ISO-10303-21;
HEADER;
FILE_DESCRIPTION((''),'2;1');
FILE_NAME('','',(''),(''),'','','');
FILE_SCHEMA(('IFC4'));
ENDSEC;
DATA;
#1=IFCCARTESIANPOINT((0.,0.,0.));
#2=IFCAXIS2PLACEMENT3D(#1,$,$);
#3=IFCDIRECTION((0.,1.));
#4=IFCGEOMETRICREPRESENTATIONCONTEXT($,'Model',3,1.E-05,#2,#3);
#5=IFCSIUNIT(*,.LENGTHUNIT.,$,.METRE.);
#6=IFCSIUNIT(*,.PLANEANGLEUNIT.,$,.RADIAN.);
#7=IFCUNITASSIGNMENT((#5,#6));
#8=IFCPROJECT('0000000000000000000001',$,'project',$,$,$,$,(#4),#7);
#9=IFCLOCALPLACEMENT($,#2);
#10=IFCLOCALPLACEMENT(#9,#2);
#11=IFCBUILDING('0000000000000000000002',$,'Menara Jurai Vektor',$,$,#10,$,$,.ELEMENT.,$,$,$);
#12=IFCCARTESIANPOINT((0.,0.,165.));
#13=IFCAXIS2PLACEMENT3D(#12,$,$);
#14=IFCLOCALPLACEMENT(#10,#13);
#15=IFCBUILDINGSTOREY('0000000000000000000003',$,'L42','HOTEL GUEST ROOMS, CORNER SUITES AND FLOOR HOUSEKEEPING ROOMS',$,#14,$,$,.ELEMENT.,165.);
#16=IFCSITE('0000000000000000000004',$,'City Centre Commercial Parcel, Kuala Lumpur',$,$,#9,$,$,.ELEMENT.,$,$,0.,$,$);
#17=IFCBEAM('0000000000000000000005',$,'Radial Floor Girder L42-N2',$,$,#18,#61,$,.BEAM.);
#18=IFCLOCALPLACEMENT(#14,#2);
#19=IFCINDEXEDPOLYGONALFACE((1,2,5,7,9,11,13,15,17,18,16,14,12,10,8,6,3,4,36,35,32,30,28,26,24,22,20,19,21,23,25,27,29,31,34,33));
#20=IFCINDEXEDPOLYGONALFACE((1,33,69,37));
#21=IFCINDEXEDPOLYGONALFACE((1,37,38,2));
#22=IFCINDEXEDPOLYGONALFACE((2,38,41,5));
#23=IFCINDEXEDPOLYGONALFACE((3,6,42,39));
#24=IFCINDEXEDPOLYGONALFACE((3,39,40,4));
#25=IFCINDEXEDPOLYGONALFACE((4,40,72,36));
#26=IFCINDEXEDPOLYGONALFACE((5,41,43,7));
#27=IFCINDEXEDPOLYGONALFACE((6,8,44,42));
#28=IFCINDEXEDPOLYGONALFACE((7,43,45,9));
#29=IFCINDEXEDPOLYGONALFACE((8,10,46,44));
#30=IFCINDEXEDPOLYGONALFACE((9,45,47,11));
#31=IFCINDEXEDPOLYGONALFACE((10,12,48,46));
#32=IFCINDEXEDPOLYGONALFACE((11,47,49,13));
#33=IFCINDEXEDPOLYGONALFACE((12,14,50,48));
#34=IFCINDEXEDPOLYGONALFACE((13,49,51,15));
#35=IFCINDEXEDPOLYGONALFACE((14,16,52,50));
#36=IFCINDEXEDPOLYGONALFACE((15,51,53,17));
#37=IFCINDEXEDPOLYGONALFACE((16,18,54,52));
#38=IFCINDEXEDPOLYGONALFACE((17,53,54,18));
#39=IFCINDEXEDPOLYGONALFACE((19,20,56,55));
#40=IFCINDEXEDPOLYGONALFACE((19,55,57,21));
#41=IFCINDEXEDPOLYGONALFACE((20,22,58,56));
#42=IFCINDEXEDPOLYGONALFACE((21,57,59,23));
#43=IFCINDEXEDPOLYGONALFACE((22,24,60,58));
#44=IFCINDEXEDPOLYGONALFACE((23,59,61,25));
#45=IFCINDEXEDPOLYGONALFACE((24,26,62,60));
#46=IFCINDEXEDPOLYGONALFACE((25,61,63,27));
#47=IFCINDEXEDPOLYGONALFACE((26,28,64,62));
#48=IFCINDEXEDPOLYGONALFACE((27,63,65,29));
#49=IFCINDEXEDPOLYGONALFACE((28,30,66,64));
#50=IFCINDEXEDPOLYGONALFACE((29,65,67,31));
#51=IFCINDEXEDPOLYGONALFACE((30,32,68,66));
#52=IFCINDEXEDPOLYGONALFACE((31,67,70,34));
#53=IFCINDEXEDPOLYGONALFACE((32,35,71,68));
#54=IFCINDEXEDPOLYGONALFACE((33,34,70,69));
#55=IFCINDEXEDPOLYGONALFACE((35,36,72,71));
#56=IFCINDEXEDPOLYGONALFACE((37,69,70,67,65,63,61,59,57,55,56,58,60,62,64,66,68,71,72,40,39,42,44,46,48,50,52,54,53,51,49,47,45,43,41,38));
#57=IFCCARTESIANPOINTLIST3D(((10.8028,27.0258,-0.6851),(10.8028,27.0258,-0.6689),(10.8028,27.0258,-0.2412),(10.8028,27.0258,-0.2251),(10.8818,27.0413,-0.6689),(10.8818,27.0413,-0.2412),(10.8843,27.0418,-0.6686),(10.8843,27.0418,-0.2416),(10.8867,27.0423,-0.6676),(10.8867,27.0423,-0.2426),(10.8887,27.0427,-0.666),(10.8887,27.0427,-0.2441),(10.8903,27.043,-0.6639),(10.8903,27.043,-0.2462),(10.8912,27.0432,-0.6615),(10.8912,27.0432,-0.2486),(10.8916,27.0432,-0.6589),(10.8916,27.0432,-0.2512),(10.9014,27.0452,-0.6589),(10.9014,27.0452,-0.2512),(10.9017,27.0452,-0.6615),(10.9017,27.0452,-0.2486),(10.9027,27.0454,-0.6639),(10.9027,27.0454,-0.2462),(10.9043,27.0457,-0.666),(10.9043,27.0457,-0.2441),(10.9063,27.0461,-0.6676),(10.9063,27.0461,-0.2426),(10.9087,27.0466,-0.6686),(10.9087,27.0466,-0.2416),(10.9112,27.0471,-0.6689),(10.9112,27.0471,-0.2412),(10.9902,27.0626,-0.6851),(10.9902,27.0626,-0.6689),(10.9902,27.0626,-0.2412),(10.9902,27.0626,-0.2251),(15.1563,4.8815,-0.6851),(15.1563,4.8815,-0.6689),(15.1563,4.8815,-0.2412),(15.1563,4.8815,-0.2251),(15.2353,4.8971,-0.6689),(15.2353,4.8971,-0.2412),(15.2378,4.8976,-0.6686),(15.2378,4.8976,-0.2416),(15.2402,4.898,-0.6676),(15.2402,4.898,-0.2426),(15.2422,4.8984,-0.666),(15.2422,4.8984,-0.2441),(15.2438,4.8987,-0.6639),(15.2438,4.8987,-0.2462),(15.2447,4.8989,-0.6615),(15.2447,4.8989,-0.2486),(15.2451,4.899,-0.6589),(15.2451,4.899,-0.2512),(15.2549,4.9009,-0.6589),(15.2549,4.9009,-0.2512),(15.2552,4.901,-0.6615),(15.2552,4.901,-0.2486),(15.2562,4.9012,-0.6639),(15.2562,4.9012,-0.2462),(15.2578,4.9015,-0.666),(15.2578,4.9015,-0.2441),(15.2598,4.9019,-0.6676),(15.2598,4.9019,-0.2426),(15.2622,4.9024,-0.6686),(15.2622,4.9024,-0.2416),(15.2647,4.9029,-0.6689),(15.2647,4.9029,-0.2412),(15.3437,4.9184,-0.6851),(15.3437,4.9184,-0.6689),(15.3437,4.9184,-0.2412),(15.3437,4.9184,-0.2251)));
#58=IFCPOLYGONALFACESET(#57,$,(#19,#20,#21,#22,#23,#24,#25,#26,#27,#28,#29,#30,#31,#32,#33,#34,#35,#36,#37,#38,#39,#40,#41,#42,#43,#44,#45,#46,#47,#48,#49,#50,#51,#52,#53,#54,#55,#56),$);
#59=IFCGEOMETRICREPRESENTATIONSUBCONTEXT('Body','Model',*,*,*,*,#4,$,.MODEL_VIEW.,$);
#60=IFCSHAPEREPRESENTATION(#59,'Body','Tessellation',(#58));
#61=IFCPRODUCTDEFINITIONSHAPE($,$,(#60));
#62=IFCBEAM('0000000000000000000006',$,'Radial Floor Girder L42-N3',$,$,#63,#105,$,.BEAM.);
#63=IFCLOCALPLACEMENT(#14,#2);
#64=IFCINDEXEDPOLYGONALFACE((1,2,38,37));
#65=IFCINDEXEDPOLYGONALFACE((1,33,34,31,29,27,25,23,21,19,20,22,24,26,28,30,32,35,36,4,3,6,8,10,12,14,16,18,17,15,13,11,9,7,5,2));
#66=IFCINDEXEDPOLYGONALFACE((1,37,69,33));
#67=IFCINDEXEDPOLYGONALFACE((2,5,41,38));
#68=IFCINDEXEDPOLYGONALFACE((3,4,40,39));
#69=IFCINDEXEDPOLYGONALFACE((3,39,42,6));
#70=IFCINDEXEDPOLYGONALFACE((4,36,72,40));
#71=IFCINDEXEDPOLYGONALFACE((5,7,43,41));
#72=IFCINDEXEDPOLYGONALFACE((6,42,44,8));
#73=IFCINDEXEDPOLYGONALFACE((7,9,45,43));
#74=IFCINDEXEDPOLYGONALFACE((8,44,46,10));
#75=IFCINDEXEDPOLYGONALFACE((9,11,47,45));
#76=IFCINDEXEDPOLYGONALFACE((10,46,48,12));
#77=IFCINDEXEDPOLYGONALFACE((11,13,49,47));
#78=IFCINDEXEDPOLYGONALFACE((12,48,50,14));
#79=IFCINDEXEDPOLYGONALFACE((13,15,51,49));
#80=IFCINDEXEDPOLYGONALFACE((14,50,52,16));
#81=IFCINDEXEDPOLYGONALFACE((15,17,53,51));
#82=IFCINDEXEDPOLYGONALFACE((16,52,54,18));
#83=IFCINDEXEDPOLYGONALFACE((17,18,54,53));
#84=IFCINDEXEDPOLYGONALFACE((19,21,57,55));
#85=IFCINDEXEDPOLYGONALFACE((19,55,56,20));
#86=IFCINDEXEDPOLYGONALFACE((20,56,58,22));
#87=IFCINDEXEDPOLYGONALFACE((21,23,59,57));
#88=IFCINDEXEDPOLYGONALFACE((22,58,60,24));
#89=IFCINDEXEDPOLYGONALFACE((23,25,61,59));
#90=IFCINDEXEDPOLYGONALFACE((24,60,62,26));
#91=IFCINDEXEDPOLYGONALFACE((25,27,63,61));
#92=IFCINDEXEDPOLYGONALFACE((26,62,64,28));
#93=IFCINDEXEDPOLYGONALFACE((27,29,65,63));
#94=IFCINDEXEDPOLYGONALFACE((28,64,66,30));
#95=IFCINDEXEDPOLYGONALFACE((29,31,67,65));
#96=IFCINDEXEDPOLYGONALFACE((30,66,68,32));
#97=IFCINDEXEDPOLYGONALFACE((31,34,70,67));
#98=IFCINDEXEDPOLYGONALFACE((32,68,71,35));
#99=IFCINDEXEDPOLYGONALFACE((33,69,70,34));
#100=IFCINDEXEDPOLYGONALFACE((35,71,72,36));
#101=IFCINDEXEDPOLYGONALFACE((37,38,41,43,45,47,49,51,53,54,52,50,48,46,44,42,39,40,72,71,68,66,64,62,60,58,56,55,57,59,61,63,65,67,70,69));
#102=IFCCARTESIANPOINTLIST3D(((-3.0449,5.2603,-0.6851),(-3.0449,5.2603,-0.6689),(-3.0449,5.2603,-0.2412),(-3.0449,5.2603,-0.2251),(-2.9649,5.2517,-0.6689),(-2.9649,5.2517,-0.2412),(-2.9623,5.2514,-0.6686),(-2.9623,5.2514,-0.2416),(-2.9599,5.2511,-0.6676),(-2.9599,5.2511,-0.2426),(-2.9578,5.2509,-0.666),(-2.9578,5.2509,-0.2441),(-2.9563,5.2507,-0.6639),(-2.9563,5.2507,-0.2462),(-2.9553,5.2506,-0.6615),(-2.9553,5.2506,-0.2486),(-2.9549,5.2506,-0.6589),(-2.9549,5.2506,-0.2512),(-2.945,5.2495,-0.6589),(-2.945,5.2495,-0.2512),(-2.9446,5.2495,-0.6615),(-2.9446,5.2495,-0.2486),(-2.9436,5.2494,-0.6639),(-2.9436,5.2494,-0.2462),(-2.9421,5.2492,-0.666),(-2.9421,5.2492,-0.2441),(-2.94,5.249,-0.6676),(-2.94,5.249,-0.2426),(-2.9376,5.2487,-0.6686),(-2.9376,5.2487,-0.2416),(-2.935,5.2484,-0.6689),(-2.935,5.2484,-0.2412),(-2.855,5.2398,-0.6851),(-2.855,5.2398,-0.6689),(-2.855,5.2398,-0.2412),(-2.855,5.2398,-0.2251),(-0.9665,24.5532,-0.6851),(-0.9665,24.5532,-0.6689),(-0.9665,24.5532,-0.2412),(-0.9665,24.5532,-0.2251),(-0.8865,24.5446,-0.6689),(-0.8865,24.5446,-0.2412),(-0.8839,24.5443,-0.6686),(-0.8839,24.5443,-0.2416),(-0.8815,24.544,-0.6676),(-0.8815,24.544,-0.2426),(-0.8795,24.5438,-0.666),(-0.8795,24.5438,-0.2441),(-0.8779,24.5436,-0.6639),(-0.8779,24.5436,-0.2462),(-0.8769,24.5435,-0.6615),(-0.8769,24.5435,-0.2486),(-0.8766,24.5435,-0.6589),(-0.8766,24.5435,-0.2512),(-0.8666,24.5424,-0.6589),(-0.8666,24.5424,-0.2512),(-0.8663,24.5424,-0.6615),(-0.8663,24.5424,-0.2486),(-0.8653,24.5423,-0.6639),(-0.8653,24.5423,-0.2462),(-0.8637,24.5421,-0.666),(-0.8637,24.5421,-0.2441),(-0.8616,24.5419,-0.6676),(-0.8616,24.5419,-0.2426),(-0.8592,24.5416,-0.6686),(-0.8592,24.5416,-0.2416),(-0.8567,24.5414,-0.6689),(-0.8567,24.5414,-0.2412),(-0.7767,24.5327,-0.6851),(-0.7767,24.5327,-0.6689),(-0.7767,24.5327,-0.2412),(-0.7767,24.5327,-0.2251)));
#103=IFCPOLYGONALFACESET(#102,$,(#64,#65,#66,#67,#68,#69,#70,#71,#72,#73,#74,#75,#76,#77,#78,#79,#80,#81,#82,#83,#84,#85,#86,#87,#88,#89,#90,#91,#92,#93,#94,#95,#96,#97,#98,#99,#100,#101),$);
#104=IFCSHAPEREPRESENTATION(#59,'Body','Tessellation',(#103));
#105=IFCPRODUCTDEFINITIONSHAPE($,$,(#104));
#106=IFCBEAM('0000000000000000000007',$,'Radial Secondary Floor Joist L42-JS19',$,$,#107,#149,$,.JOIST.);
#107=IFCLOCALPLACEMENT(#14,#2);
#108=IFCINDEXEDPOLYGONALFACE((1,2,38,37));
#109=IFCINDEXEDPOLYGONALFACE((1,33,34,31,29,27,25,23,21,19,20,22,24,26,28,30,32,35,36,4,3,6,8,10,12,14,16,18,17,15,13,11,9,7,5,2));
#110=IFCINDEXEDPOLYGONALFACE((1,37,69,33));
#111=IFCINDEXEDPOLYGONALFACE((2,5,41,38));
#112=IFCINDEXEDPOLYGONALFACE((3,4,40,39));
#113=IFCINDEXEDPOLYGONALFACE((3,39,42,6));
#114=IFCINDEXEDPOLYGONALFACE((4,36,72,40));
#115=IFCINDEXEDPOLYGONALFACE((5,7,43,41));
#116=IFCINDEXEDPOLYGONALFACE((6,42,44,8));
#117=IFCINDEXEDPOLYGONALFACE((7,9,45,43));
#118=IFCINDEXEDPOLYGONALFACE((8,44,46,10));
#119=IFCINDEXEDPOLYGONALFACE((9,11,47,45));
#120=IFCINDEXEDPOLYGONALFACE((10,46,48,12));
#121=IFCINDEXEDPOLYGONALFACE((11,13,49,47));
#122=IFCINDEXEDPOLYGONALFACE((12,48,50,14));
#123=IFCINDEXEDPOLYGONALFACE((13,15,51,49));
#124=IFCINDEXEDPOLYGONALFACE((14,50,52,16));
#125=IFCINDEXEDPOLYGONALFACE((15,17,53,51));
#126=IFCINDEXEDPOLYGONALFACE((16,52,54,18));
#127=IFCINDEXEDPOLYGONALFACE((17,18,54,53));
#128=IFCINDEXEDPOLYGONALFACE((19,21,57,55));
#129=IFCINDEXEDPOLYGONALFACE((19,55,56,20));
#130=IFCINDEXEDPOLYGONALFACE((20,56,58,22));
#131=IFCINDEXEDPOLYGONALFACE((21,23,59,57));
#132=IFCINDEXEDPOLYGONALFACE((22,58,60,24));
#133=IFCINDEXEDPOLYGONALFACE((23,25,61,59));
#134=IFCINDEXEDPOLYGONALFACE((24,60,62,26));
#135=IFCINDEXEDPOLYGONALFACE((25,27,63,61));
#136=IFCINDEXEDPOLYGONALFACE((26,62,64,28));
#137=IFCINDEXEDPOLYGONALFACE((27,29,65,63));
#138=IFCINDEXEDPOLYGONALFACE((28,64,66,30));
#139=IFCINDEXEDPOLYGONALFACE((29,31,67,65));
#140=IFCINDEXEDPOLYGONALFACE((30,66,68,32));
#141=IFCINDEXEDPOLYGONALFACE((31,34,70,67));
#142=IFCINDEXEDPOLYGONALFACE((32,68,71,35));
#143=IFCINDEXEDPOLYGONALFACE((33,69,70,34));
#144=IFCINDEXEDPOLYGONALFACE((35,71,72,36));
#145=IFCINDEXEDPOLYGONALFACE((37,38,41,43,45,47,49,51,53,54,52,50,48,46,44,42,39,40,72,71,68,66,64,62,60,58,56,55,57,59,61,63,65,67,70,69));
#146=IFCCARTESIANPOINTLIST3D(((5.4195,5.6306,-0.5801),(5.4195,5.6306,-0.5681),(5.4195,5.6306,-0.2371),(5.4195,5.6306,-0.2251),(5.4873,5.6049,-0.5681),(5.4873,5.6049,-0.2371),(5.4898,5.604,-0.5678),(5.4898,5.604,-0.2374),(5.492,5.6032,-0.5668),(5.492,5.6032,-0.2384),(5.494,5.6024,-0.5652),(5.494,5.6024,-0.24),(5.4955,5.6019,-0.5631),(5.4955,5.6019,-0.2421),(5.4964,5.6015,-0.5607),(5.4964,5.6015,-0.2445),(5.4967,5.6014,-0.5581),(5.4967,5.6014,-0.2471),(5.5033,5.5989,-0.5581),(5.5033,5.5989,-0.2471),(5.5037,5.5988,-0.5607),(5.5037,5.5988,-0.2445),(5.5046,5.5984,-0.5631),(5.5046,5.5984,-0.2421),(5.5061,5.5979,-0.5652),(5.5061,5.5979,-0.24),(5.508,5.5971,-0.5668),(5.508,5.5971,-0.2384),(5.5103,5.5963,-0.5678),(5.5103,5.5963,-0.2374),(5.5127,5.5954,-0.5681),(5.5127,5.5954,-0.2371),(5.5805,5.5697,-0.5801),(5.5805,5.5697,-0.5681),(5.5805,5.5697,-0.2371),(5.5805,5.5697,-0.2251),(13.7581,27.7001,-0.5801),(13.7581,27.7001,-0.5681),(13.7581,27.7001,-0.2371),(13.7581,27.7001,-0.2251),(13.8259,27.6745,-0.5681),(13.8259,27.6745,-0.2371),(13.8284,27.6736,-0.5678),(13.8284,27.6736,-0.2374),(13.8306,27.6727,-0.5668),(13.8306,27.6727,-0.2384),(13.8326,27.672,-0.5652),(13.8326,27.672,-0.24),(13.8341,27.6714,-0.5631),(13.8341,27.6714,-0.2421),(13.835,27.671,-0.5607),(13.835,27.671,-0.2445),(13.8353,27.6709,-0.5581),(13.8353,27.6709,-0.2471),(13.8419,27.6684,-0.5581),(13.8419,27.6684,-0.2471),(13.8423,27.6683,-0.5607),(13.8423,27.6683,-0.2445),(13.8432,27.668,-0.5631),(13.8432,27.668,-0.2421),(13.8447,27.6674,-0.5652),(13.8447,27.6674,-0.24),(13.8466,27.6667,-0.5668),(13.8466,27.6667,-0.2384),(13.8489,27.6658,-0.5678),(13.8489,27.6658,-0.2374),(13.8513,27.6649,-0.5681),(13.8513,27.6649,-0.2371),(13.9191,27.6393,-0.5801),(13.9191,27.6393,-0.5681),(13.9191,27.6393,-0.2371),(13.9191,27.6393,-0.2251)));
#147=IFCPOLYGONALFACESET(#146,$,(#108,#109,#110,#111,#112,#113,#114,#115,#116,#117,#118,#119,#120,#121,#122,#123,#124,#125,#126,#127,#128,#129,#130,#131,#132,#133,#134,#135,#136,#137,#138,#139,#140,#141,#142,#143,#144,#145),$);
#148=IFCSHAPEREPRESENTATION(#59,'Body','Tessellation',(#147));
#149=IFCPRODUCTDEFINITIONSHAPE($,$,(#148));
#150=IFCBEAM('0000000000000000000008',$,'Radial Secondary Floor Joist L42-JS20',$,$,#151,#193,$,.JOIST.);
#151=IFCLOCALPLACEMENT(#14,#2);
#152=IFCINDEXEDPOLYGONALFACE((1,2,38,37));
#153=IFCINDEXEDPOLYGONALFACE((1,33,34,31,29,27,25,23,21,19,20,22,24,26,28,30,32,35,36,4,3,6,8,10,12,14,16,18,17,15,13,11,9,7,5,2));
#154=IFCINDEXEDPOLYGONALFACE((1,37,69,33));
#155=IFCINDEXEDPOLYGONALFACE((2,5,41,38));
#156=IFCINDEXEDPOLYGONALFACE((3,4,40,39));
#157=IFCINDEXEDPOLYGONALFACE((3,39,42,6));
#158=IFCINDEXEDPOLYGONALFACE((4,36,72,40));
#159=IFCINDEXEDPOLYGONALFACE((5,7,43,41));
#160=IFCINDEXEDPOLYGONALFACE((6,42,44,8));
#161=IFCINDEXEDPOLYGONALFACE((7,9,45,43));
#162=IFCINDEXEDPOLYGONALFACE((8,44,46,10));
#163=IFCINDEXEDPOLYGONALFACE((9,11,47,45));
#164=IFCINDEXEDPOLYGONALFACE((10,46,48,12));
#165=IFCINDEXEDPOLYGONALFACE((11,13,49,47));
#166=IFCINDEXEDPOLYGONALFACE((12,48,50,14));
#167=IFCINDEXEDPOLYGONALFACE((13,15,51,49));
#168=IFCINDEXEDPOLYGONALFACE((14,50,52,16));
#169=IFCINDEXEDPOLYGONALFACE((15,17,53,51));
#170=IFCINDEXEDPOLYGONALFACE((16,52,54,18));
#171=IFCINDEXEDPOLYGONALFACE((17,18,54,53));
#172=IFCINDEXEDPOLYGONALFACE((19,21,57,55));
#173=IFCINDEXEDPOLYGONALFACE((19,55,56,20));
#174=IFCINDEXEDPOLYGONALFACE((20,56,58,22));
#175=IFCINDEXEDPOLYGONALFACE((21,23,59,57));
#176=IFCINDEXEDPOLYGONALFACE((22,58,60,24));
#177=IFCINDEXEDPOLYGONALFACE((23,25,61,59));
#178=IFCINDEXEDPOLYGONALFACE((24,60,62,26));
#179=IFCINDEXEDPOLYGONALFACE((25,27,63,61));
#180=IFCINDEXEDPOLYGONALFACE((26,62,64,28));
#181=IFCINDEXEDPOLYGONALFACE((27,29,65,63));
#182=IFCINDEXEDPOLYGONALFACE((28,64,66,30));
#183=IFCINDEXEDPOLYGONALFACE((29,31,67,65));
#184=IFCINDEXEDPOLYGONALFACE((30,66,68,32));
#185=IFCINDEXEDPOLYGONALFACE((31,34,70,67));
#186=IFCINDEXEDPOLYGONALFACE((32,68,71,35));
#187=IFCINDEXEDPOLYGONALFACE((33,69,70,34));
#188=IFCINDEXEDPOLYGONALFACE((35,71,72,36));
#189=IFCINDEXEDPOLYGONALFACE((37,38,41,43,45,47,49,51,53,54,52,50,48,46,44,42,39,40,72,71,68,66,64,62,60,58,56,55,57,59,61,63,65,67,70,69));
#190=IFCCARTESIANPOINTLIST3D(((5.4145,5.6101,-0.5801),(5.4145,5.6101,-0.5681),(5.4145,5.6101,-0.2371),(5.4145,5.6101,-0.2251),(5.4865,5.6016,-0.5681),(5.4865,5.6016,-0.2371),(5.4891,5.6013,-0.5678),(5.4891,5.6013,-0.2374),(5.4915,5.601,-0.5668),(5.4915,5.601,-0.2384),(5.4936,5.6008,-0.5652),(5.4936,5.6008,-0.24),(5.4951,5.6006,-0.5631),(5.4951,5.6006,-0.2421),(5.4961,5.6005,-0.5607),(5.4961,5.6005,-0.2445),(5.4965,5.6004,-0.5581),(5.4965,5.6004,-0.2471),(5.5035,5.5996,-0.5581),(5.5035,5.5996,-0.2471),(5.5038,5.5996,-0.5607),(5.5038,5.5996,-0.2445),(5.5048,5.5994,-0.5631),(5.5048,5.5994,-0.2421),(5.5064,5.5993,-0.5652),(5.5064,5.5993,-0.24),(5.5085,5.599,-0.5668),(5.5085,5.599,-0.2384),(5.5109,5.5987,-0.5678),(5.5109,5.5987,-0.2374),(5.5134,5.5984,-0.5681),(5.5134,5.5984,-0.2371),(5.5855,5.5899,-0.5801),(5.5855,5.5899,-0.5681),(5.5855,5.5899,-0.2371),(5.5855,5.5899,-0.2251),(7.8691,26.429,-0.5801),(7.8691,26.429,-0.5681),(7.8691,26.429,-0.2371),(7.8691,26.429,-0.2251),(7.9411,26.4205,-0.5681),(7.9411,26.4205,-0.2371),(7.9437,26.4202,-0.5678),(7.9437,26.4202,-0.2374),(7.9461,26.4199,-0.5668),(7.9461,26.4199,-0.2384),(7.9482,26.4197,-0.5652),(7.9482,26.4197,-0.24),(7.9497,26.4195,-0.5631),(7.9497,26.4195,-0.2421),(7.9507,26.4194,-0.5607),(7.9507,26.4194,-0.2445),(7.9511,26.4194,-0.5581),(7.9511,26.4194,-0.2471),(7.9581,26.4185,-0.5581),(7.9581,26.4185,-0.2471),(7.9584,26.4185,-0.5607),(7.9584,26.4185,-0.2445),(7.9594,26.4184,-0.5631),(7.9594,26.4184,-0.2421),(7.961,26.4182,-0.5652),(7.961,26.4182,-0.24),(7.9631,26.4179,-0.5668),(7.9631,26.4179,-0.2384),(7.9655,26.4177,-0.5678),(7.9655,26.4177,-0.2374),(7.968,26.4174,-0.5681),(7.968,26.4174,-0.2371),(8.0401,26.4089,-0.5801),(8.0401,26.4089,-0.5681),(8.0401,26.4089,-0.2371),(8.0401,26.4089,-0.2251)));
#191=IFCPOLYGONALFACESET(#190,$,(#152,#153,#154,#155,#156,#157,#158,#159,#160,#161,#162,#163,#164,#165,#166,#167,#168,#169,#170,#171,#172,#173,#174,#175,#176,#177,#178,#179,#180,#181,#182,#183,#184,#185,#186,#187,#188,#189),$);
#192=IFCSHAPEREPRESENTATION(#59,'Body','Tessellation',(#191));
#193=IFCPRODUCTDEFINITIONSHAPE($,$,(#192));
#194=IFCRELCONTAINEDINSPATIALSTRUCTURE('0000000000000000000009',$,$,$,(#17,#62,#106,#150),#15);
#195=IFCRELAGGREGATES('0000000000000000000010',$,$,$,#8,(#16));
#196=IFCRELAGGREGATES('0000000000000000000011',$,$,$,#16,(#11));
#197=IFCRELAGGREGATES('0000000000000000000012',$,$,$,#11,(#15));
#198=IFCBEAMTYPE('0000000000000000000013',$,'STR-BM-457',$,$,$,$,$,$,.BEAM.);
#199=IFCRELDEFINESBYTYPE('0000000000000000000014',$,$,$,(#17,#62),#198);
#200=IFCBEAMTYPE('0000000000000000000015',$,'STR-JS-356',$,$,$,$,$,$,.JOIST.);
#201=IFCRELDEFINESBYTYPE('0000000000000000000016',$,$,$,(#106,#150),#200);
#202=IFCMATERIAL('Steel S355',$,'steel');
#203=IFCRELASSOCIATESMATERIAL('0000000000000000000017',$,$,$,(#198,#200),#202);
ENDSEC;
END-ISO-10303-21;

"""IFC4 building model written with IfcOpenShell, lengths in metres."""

from ifc_helpers import new_model, si_unit, direction, frame, origin, origin_2d, place, context, subcontext, project, spatial, i_section, extrude, material, material_profile, profile_set, type_object, element, save


model = new_model("IFC4")

# Units and contexts
model_context = context("Model", 3, precision=1e-05, world=origin(), true_north=direction((0.0, 1.0)))
body_context = subcontext(model_context, "Body", "Model", "MODEL_VIEW")
ifc_project = project(units=[si_unit("LENGTHUNIT", "METRE"), si_unit("PLANEANGLEUNIT", "RADIAN")], contexts=[model_context])

# Site, building, storey
site_placement = place(None, origin())
site = spatial("IfcSite", under=ifc_project, at=site_placement, Name="City Centre Commercial Parcel, Kuala Lumpur", CompositionType="ELEMENT", RefElevation=0.0)
building_placement = place(site_placement, origin())
building = spatial("IfcBuilding", under=site, at=building_placement, Name="Menara Jurai Vektor", CompositionType="ELEMENT")
storey_placement = place(building_placement, frame((0.0, 0.0, 165.0)))
storey = spatial("IfcBuildingStorey", under=building, at=storey_placement, Name="L42", Description="HOTEL GUEST ROOMS, CORNER SUITES AND FLOOR HOUSEKEEPING ROOMS", CompositionType="ELEMENT", Elevation=165.0)

# Beams
ifc_material_1 = material(Name="Steel S355", Category="steel")
ifc_material_profile_1 = material_profile(ifc_material_1, i_section(OverallWidth=0.1909, OverallDepth=0.46, WebThickness=0.01, FlangeThickness=0.0161, FilletRadius=0.01, at=origin_2d()), Name="UKB 457x191x82")
ifc_profile_set_1 = profile_set([ifc_material_profile_1], Name="Steel S355")
beam_type_1 = type_object("IfcBeamType", Name="STR-BM-457", PredefinedType="BEAM", material=ifc_profile_set_1)
beam_1_placement = place(storey_placement, frame((10.8965, 27.0442, -0.4551), z_axis=(0.192905, -0.981217, 0.0), x_axis=(0.981217, 0.192905, 0.0)))
element("IfcBeam", 1, at=beam_1_placement, inside=storey, type_object=beam_type_1, Name="Radial Floor Girder L42-N2", PredefinedType="BEAM", context=body_context, shape_type="SweptSolid", body=[
    extrude(i_section(OverallWidth=0.1909, OverallDepth=0.46, WebThickness=0.01, FlangeThickness=0.0161, FilletRadius=0.01, at=origin_2d()), origin(), (0.0, 0.0, 1.0), 22.5681),
])
beam_2_placement = place(storey_placement, frame((-0.8716, 24.543, -0.4551), z_axis=(-0.107107, -0.994247, 0.0), x_axis=(0.994247, -0.107107, 0.0)))
element("IfcBeam", 2, at=beam_2_placement, inside=storey, type_object=beam_type_1, Name="Radial Floor Girder L42-N3", PredefinedType="BEAM", context=body_context, shape_type="SweptSolid", body=[
    extrude(i_section(OverallWidth=0.1909, OverallDepth=0.46, WebThickness=0.01, FlangeThickness=0.0161, FilletRadius=0.01, at=origin_2d()), origin(), (0.0, 0.0, 1.0), 19.4045),
])
ifc_material_profile_2 = material_profile(ifc_material_1, i_section(OverallWidth=0.1721, OverallDepth=0.355, WebThickness=0.0071, FlangeThickness=0.012, FilletRadius=0.01, at=origin_2d()), Name="UKB 356x171x51")
ifc_profile_set_2 = profile_set([ifc_material_profile_2], Name="Steel S355")
beam_type_2 = type_object("IfcBeamType", Name="STR-JS-356", PredefinedType="JOIST", material=ifc_profile_set_2)
beam_3_placement = place(storey_placement, frame((13.8386, 27.6697, -0.4026), z_axis=(-0.353446, -0.935455, 0.0), x_axis=(0.935455, -0.353446, 0.0)))
element("IfcBeam", 3, at=beam_3_placement, inside=storey, type_object=beam_type_2, Name="Radial Secondary Floor Joist L42-JS19", PredefinedType="JOIST", context=body_context, shape_type="SweptSolid", body=[
    extrude(i_section(OverallWidth=0.1721, OverallDepth=0.355, WebThickness=0.0071, FlangeThickness=0.012, FilletRadius=0.01, at=origin_2d()), origin(), (0.0, 0.0, 1.0), 23.5923),
])
beam_4_placement = place(storey_placement, frame((7.9546, 26.4189, -0.4026), z_axis=(-0.117091, -0.993121, 0.0), x_axis=(0.993121, -0.117091, 0.0)))
element("IfcBeam", 4, at=beam_4_placement, inside=storey, type_object=beam_type_2, Name="Radial Secondary Floor Joist L42-JS20", PredefinedType="JOIST", context=body_context, shape_type="SweptSolid", body=[
    extrude(i_section(OverallWidth=0.1721, OverallDepth=0.355, WebThickness=0.0071, FlangeThickness=0.012, FilletRadius=0.01, at=origin_2d()), origin(), (0.0, 0.0, 1.0), 20.9631),
])

save(model, "model.ifc")
